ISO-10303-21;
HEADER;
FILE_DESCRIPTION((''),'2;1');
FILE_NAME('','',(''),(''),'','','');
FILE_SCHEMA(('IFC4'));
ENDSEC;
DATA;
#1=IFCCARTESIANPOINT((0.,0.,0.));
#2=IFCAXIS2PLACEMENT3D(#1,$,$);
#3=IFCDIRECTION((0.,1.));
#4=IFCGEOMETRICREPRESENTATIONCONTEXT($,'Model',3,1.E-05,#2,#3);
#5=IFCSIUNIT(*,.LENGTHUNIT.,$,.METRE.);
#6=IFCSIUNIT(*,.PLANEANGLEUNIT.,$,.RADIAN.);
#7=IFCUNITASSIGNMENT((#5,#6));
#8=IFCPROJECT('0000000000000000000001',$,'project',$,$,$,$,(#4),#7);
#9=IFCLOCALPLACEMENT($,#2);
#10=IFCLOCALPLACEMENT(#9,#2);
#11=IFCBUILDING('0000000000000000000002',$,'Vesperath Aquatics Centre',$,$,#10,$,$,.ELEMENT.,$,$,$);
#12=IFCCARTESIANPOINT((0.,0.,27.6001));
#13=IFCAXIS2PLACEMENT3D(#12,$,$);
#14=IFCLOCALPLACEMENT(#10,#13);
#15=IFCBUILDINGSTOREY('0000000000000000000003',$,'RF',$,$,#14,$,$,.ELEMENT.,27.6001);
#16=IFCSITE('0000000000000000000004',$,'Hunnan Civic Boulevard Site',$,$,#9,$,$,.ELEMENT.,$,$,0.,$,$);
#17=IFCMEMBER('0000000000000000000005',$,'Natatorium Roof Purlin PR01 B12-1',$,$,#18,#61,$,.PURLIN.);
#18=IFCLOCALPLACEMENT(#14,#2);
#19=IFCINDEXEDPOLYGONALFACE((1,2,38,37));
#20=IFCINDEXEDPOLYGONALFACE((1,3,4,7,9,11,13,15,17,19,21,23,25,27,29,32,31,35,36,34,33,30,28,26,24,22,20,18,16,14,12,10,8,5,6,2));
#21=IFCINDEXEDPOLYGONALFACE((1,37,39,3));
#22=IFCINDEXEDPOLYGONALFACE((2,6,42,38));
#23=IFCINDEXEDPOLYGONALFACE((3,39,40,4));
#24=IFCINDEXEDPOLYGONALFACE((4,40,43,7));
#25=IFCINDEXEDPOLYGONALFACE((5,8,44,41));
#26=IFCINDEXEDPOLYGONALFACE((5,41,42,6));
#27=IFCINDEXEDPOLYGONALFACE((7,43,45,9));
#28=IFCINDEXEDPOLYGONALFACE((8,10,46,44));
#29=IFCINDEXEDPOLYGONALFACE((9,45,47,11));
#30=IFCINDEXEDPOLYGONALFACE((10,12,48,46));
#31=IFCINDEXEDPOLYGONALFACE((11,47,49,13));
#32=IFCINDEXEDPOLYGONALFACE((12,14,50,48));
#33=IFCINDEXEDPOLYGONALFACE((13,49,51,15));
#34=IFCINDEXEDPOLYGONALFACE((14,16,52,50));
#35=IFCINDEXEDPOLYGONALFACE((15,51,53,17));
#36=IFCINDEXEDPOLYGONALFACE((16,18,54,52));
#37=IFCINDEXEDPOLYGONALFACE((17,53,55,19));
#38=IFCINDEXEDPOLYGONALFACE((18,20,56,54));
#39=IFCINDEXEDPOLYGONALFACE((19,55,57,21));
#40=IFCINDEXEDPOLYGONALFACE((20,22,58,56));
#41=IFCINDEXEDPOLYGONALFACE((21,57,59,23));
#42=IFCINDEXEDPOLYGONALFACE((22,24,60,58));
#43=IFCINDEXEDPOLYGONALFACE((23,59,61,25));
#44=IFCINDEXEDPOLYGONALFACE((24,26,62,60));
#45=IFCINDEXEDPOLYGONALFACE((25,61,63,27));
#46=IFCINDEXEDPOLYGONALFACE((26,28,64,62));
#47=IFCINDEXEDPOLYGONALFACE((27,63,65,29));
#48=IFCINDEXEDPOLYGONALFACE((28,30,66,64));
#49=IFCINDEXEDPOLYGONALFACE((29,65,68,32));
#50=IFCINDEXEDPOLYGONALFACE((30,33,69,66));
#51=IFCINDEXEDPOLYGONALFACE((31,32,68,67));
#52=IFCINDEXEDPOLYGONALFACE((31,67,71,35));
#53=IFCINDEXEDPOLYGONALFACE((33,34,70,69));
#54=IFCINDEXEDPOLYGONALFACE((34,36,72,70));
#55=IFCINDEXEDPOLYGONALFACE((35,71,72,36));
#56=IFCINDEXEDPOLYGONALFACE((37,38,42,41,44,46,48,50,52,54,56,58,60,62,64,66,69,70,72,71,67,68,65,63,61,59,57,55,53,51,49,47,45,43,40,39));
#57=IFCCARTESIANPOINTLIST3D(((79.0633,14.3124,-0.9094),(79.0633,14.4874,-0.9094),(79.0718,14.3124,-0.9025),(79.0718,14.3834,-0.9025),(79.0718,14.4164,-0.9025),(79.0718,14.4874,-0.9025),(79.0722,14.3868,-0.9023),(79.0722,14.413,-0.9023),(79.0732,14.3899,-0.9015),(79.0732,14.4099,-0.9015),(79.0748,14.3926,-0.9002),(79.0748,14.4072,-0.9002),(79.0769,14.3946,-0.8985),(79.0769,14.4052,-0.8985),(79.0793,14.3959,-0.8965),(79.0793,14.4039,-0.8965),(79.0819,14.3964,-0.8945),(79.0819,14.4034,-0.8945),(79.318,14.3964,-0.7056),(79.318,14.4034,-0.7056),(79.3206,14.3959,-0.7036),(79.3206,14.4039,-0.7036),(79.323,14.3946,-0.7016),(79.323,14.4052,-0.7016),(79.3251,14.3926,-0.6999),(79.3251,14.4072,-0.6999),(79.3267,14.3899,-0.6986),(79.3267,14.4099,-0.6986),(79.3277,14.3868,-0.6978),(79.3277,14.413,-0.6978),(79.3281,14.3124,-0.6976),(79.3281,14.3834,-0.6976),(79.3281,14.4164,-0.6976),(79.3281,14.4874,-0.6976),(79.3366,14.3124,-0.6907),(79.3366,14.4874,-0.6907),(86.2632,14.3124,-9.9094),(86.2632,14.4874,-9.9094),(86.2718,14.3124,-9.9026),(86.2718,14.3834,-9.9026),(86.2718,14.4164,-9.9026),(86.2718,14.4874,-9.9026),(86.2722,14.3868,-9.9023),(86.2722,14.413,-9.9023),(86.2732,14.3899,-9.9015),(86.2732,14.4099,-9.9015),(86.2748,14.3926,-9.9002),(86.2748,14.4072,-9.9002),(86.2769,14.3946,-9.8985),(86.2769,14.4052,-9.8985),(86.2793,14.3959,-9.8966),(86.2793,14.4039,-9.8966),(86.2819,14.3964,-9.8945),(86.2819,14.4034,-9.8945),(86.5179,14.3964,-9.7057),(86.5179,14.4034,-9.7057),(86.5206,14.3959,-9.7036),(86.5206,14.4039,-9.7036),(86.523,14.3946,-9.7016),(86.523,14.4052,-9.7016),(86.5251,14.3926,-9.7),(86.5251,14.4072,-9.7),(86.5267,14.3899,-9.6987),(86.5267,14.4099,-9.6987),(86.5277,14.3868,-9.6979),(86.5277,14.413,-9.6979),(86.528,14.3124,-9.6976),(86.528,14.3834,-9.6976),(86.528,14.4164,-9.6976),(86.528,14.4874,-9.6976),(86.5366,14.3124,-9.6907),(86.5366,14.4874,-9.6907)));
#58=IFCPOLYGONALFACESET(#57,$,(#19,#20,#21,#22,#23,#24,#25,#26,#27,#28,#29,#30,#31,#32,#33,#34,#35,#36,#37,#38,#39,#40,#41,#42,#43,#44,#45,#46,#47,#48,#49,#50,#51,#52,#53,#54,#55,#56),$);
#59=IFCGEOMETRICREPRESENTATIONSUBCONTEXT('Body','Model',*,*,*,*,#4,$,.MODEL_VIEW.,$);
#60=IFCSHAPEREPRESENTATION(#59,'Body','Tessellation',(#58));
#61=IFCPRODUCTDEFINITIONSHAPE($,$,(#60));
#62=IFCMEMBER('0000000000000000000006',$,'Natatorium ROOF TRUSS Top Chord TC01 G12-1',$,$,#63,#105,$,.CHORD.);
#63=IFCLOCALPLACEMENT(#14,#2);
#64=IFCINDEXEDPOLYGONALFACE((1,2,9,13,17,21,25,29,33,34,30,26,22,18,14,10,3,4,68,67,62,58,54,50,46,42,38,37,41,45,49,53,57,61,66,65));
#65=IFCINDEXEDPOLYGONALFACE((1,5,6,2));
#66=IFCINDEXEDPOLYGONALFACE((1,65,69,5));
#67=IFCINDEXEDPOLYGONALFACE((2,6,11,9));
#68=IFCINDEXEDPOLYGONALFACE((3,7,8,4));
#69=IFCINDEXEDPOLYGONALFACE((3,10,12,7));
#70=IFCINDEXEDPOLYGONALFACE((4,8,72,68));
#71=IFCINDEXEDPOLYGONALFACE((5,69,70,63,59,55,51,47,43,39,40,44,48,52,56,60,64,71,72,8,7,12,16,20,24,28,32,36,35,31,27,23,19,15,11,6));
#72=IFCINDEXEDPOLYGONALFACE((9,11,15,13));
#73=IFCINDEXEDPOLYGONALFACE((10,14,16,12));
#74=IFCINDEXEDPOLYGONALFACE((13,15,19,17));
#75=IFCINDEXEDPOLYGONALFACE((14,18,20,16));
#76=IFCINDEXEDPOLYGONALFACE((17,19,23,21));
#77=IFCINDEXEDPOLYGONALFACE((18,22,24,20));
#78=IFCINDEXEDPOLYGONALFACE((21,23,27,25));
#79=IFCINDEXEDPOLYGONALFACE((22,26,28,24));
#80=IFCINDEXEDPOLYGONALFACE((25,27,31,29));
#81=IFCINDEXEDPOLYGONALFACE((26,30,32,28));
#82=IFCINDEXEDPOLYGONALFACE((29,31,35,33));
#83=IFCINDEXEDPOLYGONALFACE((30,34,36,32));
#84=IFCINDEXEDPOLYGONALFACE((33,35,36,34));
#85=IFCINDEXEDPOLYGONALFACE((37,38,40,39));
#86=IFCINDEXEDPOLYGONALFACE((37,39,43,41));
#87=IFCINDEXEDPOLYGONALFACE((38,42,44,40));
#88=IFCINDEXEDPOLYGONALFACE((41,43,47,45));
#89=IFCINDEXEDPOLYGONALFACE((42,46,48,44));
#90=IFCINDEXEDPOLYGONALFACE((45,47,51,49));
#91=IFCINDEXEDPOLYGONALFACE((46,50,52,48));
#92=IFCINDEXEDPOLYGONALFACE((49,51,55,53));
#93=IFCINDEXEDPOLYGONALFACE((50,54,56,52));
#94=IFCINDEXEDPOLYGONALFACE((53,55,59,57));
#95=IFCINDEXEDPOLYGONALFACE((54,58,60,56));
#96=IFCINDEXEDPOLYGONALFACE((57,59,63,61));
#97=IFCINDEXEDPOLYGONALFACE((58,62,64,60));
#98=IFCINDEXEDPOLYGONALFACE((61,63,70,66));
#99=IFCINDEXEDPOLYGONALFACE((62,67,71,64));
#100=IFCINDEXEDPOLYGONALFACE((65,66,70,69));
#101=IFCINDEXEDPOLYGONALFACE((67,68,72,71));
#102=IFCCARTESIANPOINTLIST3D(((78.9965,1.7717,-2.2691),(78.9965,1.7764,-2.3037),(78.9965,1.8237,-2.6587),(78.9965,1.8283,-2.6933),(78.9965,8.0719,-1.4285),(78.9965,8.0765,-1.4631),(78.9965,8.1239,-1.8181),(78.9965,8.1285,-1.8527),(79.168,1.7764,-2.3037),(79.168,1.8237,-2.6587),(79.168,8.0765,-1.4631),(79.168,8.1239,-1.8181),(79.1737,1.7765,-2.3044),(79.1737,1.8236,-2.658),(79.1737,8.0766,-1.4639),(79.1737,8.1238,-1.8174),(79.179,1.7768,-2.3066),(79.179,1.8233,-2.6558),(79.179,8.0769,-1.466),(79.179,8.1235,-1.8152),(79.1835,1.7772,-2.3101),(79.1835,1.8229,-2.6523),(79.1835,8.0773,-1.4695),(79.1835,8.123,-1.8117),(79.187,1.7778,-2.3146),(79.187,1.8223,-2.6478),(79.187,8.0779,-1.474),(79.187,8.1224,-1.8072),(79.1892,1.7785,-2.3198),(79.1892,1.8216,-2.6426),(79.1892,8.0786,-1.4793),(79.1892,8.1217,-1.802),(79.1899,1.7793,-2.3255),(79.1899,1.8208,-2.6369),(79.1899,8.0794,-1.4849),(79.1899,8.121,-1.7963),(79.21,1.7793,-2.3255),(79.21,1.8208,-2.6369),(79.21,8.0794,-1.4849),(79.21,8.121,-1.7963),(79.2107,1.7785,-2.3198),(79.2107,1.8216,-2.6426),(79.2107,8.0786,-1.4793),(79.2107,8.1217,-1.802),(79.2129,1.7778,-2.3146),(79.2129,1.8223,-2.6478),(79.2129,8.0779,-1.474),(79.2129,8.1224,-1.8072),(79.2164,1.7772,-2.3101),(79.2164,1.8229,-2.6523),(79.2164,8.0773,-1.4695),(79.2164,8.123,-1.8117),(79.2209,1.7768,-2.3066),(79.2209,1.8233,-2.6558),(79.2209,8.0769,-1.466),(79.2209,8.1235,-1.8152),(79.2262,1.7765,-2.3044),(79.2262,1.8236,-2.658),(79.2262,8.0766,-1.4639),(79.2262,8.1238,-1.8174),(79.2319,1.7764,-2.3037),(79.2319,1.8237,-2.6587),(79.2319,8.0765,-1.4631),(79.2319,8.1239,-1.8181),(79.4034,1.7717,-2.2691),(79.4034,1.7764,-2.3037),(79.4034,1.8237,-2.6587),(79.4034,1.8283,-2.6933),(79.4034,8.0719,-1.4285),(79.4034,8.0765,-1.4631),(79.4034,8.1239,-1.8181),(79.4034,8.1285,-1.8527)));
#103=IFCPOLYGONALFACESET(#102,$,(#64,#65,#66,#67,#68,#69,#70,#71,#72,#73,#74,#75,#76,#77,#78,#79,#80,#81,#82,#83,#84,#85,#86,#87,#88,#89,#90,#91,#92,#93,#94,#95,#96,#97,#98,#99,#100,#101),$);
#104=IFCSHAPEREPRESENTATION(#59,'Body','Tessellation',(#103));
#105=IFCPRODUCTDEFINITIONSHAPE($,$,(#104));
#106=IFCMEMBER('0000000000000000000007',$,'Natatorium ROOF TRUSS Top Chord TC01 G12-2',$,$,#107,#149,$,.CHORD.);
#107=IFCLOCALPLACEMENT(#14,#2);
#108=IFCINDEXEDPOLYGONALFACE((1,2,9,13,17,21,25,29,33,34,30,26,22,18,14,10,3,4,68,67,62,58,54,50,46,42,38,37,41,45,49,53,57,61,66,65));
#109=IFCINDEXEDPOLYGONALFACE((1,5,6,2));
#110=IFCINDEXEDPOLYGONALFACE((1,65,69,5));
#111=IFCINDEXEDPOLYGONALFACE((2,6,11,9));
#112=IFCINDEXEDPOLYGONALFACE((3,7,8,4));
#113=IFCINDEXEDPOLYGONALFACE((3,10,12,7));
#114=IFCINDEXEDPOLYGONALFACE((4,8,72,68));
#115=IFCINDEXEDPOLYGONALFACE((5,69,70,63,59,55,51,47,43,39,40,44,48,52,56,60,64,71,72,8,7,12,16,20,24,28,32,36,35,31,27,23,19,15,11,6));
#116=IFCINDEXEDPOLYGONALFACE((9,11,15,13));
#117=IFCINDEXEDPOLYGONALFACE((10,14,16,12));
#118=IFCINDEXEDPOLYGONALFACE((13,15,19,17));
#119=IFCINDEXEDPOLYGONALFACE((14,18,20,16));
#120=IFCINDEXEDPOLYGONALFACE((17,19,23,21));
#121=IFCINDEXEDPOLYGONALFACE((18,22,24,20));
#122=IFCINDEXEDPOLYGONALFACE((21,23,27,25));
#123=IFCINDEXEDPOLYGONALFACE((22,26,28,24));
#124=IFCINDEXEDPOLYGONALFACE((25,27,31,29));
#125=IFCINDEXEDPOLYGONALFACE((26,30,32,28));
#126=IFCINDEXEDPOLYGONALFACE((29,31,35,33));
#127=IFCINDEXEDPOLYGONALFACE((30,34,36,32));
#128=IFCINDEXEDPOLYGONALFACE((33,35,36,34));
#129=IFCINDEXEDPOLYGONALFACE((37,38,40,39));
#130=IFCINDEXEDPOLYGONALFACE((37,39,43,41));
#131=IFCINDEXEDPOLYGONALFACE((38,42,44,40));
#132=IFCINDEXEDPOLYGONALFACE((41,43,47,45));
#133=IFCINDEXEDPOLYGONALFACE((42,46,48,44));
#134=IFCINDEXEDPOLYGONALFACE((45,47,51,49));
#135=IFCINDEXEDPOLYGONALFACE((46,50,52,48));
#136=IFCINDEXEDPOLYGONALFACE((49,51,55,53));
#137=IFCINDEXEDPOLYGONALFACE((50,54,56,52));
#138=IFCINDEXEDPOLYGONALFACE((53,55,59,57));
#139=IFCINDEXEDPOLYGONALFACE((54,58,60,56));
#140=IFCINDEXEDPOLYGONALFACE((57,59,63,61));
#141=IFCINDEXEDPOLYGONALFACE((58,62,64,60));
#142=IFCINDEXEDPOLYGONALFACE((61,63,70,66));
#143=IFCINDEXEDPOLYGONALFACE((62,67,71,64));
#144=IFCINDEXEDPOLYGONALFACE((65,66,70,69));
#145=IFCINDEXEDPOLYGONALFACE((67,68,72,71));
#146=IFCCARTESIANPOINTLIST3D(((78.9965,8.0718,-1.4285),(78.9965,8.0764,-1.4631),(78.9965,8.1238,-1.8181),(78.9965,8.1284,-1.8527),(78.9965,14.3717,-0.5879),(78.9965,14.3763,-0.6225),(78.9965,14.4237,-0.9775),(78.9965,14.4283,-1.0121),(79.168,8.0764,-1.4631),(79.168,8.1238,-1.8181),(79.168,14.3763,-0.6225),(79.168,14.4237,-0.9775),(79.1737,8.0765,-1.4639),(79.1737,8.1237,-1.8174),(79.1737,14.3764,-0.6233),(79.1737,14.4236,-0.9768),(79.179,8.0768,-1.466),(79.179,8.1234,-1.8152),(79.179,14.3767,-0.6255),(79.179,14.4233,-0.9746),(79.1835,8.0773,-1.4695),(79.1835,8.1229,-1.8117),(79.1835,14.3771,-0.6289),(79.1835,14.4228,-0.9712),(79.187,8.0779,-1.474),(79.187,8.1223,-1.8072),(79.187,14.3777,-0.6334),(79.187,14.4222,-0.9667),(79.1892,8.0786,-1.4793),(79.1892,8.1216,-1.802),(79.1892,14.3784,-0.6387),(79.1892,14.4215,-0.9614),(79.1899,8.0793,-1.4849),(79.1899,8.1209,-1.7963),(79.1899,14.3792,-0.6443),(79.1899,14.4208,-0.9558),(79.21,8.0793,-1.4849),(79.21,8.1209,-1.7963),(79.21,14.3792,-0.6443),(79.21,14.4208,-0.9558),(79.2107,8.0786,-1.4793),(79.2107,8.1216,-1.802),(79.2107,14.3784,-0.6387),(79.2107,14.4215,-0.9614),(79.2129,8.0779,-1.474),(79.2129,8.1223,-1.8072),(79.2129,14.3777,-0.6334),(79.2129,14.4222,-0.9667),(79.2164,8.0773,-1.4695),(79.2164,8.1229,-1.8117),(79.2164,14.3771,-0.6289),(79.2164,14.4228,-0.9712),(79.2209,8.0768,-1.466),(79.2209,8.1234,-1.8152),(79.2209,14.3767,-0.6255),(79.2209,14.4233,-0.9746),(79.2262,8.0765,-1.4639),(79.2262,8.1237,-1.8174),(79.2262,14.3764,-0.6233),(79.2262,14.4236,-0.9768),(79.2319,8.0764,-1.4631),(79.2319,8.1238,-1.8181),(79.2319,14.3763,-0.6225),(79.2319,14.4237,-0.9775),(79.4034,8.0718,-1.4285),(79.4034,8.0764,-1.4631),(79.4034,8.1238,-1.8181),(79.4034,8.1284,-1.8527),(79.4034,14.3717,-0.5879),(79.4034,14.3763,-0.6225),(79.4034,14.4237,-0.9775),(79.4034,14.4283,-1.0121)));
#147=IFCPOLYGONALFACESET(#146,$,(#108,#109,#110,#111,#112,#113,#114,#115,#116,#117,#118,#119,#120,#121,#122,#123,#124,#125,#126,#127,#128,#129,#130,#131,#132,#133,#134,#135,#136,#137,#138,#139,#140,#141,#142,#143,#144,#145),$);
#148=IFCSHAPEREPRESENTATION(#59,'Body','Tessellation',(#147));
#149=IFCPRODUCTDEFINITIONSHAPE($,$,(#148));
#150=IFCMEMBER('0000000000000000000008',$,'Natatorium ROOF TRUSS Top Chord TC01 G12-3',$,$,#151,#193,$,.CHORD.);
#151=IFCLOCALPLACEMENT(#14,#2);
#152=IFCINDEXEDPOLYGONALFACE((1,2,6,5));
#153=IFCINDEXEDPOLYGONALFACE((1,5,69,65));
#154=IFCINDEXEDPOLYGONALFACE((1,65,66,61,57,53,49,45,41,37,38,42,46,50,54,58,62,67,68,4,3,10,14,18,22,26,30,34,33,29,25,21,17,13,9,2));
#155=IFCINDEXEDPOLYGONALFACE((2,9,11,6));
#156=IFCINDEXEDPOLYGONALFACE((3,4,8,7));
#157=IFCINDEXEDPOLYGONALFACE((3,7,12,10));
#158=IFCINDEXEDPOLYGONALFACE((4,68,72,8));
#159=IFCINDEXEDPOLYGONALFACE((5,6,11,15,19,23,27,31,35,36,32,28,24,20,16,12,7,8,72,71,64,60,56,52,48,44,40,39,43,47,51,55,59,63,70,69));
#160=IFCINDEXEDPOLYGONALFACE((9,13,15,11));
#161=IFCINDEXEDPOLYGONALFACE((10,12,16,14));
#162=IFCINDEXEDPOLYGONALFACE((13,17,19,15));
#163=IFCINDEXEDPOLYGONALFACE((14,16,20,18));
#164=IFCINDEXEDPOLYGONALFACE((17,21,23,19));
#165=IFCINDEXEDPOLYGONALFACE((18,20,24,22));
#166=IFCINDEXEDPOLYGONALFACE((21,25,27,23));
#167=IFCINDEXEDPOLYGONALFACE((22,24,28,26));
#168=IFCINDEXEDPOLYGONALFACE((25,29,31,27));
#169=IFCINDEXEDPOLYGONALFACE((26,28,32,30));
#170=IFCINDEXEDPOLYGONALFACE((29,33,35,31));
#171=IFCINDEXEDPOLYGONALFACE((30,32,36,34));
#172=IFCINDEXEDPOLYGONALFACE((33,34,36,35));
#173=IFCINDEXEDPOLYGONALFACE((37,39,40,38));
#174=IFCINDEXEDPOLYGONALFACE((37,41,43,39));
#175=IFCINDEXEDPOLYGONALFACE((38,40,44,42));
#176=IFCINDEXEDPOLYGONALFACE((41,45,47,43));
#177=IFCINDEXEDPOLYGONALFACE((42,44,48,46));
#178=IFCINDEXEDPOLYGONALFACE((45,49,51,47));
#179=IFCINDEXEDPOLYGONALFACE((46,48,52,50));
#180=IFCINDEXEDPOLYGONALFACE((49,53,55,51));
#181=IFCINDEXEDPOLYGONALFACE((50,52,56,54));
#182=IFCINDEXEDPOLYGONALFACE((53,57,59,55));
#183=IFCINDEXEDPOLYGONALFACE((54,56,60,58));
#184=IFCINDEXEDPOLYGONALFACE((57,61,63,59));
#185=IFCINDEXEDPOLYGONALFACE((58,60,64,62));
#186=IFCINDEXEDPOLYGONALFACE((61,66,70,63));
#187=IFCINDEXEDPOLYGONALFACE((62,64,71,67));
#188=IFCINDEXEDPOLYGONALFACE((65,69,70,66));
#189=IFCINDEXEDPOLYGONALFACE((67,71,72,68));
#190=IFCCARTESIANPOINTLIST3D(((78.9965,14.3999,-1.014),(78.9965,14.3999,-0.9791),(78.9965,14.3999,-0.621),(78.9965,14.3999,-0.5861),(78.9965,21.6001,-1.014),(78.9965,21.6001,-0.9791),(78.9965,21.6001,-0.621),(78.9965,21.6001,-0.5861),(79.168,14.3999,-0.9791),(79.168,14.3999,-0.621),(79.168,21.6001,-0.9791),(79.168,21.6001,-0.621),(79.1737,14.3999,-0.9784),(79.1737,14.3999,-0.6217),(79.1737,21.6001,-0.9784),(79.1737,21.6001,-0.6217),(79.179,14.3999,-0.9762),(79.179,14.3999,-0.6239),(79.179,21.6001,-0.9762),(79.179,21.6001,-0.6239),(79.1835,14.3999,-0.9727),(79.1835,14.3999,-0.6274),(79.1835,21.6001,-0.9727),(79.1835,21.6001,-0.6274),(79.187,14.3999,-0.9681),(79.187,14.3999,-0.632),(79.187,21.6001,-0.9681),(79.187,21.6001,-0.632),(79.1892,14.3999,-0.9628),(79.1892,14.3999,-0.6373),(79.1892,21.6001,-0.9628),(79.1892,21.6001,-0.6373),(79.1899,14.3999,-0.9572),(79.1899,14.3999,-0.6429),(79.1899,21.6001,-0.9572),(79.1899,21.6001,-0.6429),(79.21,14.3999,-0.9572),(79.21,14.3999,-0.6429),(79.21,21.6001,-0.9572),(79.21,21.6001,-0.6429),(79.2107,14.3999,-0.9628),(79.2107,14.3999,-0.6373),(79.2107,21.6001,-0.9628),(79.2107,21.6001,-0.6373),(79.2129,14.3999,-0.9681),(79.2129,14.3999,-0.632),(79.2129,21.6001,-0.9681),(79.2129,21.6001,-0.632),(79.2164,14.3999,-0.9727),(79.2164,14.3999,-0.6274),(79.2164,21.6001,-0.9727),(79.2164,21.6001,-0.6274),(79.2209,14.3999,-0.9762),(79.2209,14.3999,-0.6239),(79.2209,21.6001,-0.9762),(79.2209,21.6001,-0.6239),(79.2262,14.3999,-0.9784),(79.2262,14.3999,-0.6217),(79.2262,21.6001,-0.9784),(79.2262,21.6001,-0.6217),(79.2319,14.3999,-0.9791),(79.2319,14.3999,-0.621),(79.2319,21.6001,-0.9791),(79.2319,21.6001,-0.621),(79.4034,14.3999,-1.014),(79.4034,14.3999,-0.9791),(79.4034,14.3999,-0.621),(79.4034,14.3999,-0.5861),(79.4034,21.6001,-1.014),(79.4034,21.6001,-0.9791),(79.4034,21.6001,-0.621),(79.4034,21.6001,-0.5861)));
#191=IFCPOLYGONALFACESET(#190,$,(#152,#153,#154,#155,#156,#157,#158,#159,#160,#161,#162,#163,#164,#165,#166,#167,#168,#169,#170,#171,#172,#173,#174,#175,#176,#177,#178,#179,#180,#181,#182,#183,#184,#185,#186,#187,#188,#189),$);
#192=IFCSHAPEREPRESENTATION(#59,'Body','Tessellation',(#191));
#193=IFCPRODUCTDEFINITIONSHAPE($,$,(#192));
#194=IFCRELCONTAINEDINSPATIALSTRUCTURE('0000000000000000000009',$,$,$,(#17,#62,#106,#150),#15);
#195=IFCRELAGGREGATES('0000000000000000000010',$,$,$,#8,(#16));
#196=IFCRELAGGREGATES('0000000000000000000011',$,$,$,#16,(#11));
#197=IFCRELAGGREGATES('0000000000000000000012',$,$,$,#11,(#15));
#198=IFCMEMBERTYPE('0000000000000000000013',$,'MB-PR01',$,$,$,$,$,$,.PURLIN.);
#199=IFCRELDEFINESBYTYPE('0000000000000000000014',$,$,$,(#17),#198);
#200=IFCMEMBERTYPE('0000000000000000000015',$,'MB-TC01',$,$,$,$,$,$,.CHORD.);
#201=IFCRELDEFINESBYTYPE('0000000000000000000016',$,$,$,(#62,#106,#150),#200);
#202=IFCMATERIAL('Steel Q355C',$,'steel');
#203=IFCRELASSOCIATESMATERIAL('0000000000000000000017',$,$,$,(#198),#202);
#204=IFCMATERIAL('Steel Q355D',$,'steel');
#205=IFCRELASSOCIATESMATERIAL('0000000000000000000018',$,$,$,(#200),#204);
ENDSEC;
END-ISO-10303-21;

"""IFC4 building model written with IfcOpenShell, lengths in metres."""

from ifc_helpers import new_model, si_unit, direction, frame, origin, origin_2d, place, context, subcontext, project, spatial, i_section, extrude, material, material_profile, profile_set, type_object, element, save


model = new_model("IFC4")

# Units and contexts
model_context = context("Model", 3, precision=1e-05, world=origin(), true_north=direction((0.0, 1.0)))
body_context = subcontext(model_context, "Body", "Model", "MODEL_VIEW")
ifc_project = project(units=[si_unit("LENGTHUNIT", "METRE"), si_unit("PLANEANGLEUNIT", "RADIAN")], contexts=[model_context])

# Site, building, storey
site_placement = place(None, origin())
site = spatial("IfcSite", under=ifc_project, at=site_placement, Name="Hunnan Civic Boulevard Site", CompositionType="ELEMENT", RefElevation=0.0)
building_placement = place(site_placement, origin())
building = spatial("IfcBuilding", under=site, at=building_placement, Name="Vesperath Aquatics Centre", CompositionType="ELEMENT")
storey_placement = place(building_placement, frame((0.0, 0.0, 27.6001)))
storey = spatial("IfcBuildingStorey", under=building, at=storey_placement, Name="RF", CompositionType="ELEMENT", Elevation=27.6001)

# Shared definitions
ifc_material_1 = material(Name="Steel Q355C", Category="steel")

# Members
ifc_material_2 = material(Name="Steel Q355D", Category="steel")
ifc_material_profile_1 = material_profile(ifc_material_1, i_section(OverallWidth=0.175, OverallDepth=0.3501, WebThickness=0.0071, FlangeThickness=0.011, FilletRadius=0.0129, at=origin_2d()), Name="HN 350x175x7x11")
ifc_profile_set_1 = profile_set([ifc_material_profile_1], Name="Steel Q355C")
member_type_1 = type_object("IfcMemberType", Name="MB-PR01", PredefinedType="PURLIN", material=ifc_profile_set_1)
member_1_placement = place(storey_placement, frame((79.2, 14.3999, -0.8), z_axis=(0.624692, 0.0, -0.780871), x_axis=(0.0, 1.0, 0.0)))
element("IfcMember", 1, at=member_1_placement, inside=storey, type_object=member_type_1, Name="Natatorium Roof Purlin PR01 B12-1", PredefinedType="PURLIN", context=body_context, shape_type="SweptSolid", body=[
    extrude(i_section(OverallWidth=0.175, OverallDepth=0.3501, WebThickness=0.0071, FlangeThickness=0.011, FilletRadius=0.0129, at=origin_2d()), origin(), (0.0, 0.0, 1.0), 11.5256),
])
ifc_material_profile_2 = material_profile(ifc_material_2, i_section(OverallWidth=0.407, OverallDepth=0.428, WebThickness=0.02, FlangeThickness=0.0349, FilletRadius=0.022, at=origin_2d()), Name="HW 428x407x20x35")
ifc_profile_set_2 = profile_set([ifc_material_profile_2], Name="Steel Q355D")
member_type_2 = type_object("IfcMemberType", Name="MB-TC01", PredefinedType="CHORD", material=ifc_profile_set_2)
member_2_placement = place(storey_placement, frame((79.2, 1.8, -2.4812), z_axis=(0.0, 0.991216, 0.132252), x_axis=(-1.0, 0.0, 0.0)))
element("IfcMember", 2, at=member_2_placement, inside=storey, type_object=member_type_2, Name="Natatorium ROOF TRUSS Top Chord TC01 G12-1", PredefinedType="CHORD", context=body_context, shape_type="SweptSolid", body=[
    extrude(i_section(OverallWidth=0.407, OverallDepth=0.428, WebThickness=0.02, FlangeThickness=0.0349, FilletRadius=0.022, at=origin_2d()), origin(), (0.0, 0.0, 1.0), 6.356),
])
member_3_placement = place(storey_placement, frame((79.2, 8.1001, -1.6406), z_axis=(0.0, 0.991215, 0.132257), x_axis=(-1.0, 0.0, 0.0)))
element("IfcMember", 3, at=member_3_placement, inside=storey, type_object=member_type_2, Name="Natatorium ROOF TRUSS Top Chord TC01 G12-2", PredefinedType="CHORD", context=body_context, shape_type="SweptSolid", body=[
    extrude(i_section(OverallWidth=0.407, OverallDepth=0.428, WebThickness=0.02, FlangeThickness=0.0349, FilletRadius=0.022, at=origin_2d()), origin(), (0.0, 0.0, 1.0), 6.3557),
])
member_4_placement = place(storey_placement, frame((79.2, 14.3999, -0.8), z_axis=(0.0, 1.0, 0.0), x_axis=(-1.0, 0.0, 0.0)))
element("IfcMember", 4, at=member_4_placement, inside=storey, type_object=member_type_2, Name="Natatorium ROOF TRUSS Top Chord TC01 G12-3", PredefinedType="CHORD", context=body_context, shape_type="SweptSolid", body=[
    extrude(i_section(OverallWidth=0.407, OverallDepth=0.428, WebThickness=0.02, FlangeThickness=0.0349, FilletRadius=0.022, at=origin_2d()), origin(), (0.0, 0.0, 1.0), 7.2002),
])

save(model, "model.ifc")
